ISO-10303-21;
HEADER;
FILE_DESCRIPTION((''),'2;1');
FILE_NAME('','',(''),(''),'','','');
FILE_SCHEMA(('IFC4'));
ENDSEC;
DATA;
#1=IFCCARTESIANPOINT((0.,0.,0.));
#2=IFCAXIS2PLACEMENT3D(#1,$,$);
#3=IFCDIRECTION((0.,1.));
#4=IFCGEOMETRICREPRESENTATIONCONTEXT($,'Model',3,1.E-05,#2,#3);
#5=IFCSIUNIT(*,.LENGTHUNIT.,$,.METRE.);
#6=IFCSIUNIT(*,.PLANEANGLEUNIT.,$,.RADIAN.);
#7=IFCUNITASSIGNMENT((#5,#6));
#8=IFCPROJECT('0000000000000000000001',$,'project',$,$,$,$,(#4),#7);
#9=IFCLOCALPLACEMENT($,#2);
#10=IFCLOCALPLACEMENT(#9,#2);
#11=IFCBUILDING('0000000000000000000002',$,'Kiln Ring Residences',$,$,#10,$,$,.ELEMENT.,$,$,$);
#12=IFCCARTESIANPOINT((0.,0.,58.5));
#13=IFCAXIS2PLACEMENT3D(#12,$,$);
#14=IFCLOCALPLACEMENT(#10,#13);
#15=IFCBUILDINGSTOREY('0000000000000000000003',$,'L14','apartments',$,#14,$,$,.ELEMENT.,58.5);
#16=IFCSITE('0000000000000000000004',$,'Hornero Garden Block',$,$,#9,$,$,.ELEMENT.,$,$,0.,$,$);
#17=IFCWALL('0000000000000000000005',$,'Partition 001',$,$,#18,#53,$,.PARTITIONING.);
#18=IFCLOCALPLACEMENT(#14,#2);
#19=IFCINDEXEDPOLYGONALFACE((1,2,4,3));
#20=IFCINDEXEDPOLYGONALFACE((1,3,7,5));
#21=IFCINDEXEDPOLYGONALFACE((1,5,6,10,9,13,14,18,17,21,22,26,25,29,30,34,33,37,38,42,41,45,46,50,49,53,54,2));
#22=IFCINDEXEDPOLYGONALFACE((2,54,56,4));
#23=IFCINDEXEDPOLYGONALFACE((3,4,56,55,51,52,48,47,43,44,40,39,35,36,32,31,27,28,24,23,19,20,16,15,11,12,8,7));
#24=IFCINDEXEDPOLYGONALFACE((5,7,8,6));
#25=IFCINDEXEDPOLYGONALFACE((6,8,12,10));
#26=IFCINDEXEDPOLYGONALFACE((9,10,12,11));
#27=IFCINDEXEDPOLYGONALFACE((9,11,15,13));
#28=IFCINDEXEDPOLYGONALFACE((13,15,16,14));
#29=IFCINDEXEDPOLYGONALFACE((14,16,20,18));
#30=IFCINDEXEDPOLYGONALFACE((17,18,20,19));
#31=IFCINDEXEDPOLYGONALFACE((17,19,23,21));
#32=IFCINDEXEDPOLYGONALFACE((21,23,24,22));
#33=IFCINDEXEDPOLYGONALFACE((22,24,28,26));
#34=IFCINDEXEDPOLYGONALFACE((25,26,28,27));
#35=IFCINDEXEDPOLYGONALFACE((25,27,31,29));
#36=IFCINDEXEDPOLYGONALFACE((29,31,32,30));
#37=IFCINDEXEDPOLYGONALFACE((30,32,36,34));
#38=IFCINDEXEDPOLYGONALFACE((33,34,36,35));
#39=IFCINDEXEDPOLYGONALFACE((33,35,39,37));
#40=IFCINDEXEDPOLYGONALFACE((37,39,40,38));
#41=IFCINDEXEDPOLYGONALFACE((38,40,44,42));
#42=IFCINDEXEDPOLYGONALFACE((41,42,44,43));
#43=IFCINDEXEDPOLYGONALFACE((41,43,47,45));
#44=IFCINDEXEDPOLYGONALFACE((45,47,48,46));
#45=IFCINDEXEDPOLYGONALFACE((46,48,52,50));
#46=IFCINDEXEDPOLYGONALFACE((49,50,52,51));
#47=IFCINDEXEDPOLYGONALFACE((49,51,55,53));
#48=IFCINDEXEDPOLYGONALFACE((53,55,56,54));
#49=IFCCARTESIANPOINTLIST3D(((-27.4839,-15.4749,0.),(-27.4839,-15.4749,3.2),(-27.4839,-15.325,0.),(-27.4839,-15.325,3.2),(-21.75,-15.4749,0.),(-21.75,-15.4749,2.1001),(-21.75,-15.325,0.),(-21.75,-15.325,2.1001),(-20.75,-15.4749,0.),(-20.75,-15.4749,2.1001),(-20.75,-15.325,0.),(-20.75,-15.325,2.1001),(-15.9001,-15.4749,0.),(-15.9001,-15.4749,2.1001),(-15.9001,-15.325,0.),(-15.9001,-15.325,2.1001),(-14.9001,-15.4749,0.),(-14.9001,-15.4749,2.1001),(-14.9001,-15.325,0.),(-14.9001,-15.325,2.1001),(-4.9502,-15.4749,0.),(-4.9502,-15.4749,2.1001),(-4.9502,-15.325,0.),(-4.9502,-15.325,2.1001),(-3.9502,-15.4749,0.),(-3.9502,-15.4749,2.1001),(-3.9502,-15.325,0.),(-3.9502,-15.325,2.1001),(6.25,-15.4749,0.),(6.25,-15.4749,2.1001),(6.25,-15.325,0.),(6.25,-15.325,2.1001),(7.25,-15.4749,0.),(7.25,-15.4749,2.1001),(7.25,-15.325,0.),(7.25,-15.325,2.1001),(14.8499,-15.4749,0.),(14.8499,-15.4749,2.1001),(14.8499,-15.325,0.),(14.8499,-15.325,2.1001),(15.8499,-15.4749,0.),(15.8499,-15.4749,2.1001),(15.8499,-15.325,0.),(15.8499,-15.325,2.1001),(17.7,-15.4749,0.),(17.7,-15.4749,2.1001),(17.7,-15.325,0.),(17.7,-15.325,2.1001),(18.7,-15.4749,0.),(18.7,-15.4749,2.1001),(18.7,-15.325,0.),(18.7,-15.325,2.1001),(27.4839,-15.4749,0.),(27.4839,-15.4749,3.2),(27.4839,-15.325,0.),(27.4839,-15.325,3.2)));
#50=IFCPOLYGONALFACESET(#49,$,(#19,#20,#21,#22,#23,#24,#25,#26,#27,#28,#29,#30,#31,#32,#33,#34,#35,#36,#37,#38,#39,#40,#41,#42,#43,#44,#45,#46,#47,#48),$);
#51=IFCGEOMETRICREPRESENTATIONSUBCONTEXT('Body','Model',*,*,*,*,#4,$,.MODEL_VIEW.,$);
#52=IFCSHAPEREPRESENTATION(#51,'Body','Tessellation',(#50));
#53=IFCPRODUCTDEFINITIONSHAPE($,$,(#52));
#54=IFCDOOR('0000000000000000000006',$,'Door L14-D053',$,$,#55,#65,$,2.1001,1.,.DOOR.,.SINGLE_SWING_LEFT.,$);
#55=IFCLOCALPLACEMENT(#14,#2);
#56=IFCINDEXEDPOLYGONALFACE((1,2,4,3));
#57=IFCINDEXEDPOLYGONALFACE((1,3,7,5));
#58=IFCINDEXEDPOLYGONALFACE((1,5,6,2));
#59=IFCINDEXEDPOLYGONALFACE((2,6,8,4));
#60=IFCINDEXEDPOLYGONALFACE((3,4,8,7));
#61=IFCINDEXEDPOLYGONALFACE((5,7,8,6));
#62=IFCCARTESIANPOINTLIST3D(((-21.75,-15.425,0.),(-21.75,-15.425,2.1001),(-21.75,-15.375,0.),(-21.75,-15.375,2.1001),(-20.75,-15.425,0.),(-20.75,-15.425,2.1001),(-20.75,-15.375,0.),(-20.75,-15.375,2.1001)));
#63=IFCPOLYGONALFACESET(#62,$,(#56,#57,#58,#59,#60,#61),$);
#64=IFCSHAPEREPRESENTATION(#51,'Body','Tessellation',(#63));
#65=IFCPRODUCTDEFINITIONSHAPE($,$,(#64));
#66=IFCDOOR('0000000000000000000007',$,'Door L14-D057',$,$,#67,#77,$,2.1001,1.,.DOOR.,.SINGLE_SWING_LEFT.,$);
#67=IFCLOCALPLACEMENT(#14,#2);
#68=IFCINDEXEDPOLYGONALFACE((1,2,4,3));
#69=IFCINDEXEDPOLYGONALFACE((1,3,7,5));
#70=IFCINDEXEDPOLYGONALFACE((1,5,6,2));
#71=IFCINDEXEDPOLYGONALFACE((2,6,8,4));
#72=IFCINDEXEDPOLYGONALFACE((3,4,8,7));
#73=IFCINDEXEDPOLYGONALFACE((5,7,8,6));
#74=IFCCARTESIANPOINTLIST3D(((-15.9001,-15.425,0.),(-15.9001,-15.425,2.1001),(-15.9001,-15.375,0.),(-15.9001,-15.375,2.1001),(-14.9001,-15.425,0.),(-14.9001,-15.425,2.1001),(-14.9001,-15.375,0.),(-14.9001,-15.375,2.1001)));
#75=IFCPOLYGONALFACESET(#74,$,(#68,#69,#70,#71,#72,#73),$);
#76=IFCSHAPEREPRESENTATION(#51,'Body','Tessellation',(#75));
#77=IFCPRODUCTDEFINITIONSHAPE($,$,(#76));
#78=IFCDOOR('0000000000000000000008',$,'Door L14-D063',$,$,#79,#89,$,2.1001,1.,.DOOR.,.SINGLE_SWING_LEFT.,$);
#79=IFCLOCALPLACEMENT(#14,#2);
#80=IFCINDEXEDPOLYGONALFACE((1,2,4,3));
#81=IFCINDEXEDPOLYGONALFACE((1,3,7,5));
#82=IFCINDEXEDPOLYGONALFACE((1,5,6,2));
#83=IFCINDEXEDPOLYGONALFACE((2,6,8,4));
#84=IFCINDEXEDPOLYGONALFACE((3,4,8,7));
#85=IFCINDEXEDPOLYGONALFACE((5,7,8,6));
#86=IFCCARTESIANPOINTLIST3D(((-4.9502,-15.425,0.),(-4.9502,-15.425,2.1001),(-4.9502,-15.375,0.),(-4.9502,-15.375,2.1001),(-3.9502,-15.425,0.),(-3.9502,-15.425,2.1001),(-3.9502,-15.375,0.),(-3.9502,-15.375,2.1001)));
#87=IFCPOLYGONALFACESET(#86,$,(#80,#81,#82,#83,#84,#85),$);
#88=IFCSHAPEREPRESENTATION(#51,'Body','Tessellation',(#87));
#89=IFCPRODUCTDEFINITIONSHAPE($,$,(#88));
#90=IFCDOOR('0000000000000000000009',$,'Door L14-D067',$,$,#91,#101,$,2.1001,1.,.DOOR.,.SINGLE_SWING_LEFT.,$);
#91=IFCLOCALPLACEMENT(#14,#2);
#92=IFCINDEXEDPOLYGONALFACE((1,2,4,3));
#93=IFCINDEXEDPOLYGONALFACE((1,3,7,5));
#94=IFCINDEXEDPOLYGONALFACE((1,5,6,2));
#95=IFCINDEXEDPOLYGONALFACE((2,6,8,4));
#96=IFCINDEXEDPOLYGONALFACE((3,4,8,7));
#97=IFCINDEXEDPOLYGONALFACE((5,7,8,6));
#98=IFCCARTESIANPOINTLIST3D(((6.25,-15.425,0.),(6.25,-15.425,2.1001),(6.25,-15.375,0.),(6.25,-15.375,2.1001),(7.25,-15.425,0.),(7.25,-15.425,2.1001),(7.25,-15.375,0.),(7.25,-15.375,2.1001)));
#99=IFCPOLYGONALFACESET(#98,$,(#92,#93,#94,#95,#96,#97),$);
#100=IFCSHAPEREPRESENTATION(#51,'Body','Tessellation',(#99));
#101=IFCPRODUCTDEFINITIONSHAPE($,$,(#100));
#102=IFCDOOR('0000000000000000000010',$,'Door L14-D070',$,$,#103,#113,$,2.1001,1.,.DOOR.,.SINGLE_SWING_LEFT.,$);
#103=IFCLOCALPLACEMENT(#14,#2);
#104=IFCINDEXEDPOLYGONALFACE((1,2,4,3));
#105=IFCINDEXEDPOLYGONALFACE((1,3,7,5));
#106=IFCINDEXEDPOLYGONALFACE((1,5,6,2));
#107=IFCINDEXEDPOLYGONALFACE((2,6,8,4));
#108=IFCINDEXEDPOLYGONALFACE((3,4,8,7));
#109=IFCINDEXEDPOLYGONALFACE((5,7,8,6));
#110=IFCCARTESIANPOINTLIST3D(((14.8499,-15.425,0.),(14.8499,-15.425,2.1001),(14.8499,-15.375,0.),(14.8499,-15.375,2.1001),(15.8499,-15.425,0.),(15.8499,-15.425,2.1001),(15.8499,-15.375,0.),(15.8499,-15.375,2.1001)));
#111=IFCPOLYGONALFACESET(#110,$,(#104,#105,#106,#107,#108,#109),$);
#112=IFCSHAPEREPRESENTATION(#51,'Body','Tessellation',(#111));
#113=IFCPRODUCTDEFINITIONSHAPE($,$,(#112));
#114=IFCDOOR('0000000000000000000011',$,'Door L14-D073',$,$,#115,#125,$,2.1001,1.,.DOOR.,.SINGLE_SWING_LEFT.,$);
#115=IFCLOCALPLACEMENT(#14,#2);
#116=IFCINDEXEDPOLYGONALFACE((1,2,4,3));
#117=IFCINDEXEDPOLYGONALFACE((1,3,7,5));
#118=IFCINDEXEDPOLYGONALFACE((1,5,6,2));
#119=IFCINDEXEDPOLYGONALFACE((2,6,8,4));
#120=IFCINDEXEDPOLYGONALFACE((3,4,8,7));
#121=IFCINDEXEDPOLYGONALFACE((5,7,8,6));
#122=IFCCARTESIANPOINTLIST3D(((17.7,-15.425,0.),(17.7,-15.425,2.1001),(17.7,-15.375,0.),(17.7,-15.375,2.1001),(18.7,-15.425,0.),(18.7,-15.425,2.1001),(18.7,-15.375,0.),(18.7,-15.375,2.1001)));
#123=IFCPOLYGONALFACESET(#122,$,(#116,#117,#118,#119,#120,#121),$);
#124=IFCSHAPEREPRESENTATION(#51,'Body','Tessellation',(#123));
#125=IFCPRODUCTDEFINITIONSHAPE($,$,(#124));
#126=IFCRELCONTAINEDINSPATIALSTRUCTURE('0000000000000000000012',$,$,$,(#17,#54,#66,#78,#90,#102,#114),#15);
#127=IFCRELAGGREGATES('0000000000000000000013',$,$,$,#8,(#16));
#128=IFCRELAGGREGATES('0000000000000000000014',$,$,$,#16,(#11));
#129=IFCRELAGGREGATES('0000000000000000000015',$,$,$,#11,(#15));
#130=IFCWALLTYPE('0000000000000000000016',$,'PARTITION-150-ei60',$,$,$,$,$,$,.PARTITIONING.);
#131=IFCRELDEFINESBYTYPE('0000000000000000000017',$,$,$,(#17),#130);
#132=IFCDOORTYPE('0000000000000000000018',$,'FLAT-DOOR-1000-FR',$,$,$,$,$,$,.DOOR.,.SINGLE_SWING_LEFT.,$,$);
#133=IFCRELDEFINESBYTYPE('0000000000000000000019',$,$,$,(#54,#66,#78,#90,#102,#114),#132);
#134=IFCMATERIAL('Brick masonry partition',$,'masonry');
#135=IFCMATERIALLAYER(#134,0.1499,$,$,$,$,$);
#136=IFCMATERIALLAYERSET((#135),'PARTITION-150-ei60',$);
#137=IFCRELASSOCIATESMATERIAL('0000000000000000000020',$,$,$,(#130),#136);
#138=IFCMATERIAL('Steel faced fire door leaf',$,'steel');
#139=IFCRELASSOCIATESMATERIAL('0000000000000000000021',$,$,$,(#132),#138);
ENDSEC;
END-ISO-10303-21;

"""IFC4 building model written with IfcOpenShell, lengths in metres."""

from ifc_helpers import new_model, si_unit, direction, frame, frame_2d, origin, place, context, subcontext, project, spatial, rectangle, extrude, material, layer, layer_set, type_object, element, fill, save


model = new_model("IFC4")

# Units and contexts
model_context = context("Model", 3, precision=1e-05, world=origin(), true_north=direction((0.0, 1.0)))
body_context = subcontext(model_context, "Body", "Model", "MODEL_VIEW")
ifc_project = project(units=[si_unit("LENGTHUNIT", "METRE"), si_unit("PLANEANGLEUNIT", "RADIAN")], contexts=[model_context])

# Site, building, storey
site_placement = place(None, origin())
site = spatial("IfcSite", under=ifc_project, at=site_placement, Name="Hornero Garden Block", CompositionType="ELEMENT", RefElevation=0.0)
building_placement = place(site_placement, origin())
building = spatial("IfcBuilding", under=site, at=building_placement, Name="Kiln Ring Residences", CompositionType="ELEMENT")
storey_placement = place(building_placement, frame((0.0, 0.0, 58.5)))
storey = spatial("IfcBuildingStorey", under=building, at=storey_placement, Name="L14", Description="apartments", CompositionType="ELEMENT", Elevation=58.5)

# Wall, openings, doors
ifc_material_1 = material(Name="Brick masonry partition", Category="masonry")
ifc_layer_1 = layer(ifc_material_1, 0.1499)
ifc_layer_set_1 = layer_set([ifc_layer_1], Name="PARTITION-150-ei60")
wall_type_1 = type_object("IfcWallType", Name="PARTITION-150-ei60", PredefinedType="PARTITIONING", material=ifc_layer_set_1)
wall_1_placement = place(storey_placement, frame((-27.4839, -15.3999, 0.0), z_axis=(0.0, 0.0, 1.0), x_axis=(1.0, 0.0, 0.0)))
wall_1 = element("IfcWall", 1, at=wall_1_placement, inside=storey, type_object=wall_type_1, Name="Partition 001", PredefinedType="PARTITIONING", context=body_context, shape_type="SweptSolid", body=[
    extrude(rectangle(XDim=54.9678, YDim=0.1499, at=frame_2d((27.4839, 0.0))), origin(), (0.0, 0.0, 1.0), 3.2),
])
opening_1_placement = place(wall_1_placement, frame((5.7339, 0.0, 0.0)))
opening_1 = element("IfcOpeningElement", 2, at=opening_1_placement, cuts=wall_1, PredefinedType="OPENING", context=body_context, shape_type="SweptSolid", body=[
    extrude(rectangle(XDim=1.0, YDim=2.1001, at=frame_2d((0.5, 1.05))), frame((0.0, 0.085, 0.0), z_axis=(0.0, -1.0, 0.0), x_axis=(1.0, 0.0, 0.0)), (0.0, 0.0, 1.0), 0.1699),
])
opening_2_placement = place(wall_1_placement, frame((11.5837, 0.0, 0.0)))
opening_2 = element("IfcOpeningElement", 3, at=opening_2_placement, cuts=wall_1, PredefinedType="OPENING", context=body_context, shape_type="SweptSolid", body=[
    extrude(rectangle(XDim=1.0, YDim=2.1001, at=frame_2d((0.5, 1.05))), frame((0.0, 0.085, 0.0), z_axis=(0.0, -1.0, 0.0), x_axis=(1.0, 0.0, 0.0)), (0.0, 0.0, 1.0), 0.1699),
])
opening_3_placement = place(wall_1_placement, frame((22.5337, 0.0, 0.0)))
opening_3 = element("IfcOpeningElement", 4, at=opening_3_placement, cuts=wall_1, PredefinedType="OPENING", context=body_context, shape_type="SweptSolid", body=[
    extrude(rectangle(XDim=1.0, YDim=2.1001, at=frame_2d((0.5, 1.05))), frame((0.0, 0.085, 0.0), z_axis=(0.0, -1.0, 0.0), x_axis=(1.0, 0.0, 0.0)), (0.0, 0.0, 1.0), 0.1699),
])
opening_4_placement = place(wall_1_placement, frame((33.7339, 0.0, 0.0)))
opening_4 = element("IfcOpeningElement", 5, at=opening_4_placement, cuts=wall_1, PredefinedType="OPENING", context=body_context, shape_type="SweptSolid", body=[
    extrude(rectangle(XDim=1.0, YDim=2.1001, at=frame_2d((0.5, 1.05))), frame((0.0, 0.085, 0.0), z_axis=(0.0, -1.0, 0.0), x_axis=(1.0, 0.0, 0.0)), (0.0, 0.0, 1.0), 0.1699),
])
opening_5_placement = place(wall_1_placement, frame((42.3337, 0.0, 0.0)))
opening_5 = element("IfcOpeningElement", 6, at=opening_5_placement, cuts=wall_1, PredefinedType="OPENING", context=body_context, shape_type="SweptSolid", body=[
    extrude(rectangle(XDim=1.0, YDim=2.1001, at=frame_2d((0.5, 1.05))), frame((0.0, 0.085, 0.0), z_axis=(0.0, -1.0, 0.0), x_axis=(1.0, 0.0, 0.0)), (0.0, 0.0, 1.0), 0.1699),
])
opening_6_placement = place(wall_1_placement, frame((45.1838, 0.0, 0.0)))
opening_6 = element("IfcOpeningElement", 7, at=opening_6_placement, cuts=wall_1, PredefinedType="OPENING", context=body_context, shape_type="SweptSolid", body=[
    extrude(rectangle(XDim=1.0, YDim=2.1001, at=frame_2d((0.5, 1.05))), frame((0.0, 0.085, 0.0), z_axis=(0.0, -1.0, 0.0), x_axis=(1.0, 0.0, 0.0)), (0.0, 0.0, 1.0), 0.1699),
])
ifc_material_2 = material(Name="Steel faced fire door leaf", Category="steel")
door_type_1 = type_object("IfcDoorType", Name="FLAT-DOOR-1000-FR", OperationType="SINGLE_SWING_LEFT", PredefinedType="DOOR", material=ifc_material_2)
door_1_placement = place(opening_1_placement, origin())
door_1 = element("IfcDoor", 8, at=door_1_placement, inside=storey, type_object=door_type_1, Name="Door L14-D053", OperationType="SINGLE_SWING_LEFT", OverallHeight=2.1001, OverallWidth=1.0, PredefinedType="DOOR", context=body_context, shape_type="SweptSolid", body=[
    extrude(rectangle(XDim=1.0, YDim=2.1001, at=frame_2d((0.5, 1.05))), frame((0.0, 0.0249, 0.0), z_axis=(0.0, -1.0, 0.0), x_axis=(1.0, 0.0, 0.0)), (0.0, 0.0, 1.0), 0.05),
])
fill(opening_1, door_1)
door_2_placement = place(opening_2_placement, origin())
door_2 = element("IfcDoor", 9, at=door_2_placement, inside=storey, type_object=door_type_1, Name="Door L14-D057", OperationType="SINGLE_SWING_LEFT", OverallHeight=2.1001, OverallWidth=1.0, PredefinedType="DOOR", context=body_context, shape_type="SweptSolid", body=[
    extrude(rectangle(XDim=1.0, YDim=2.1001, at=frame_2d((0.5, 1.05))), frame((0.0, 0.0249, 0.0), z_axis=(0.0, -1.0, 0.0), x_axis=(1.0, 0.0, 0.0)), (0.0, 0.0, 1.0), 0.05),
])
fill(opening_2, door_2)
door_3_placement = place(opening_3_placement, origin())
door_3 = element("IfcDoor", 10, at=door_3_placement, inside=storey, type_object=door_type_1, Name="Door L14-D063", OperationType="SINGLE_SWING_LEFT", OverallHeight=2.1001, OverallWidth=1.0, PredefinedType="DOOR", context=body_context, shape_type="SweptSolid", body=[
    extrude(rectangle(XDim=1.0, YDim=2.1001, at=frame_2d((0.5, 1.05))), frame((0.0, 0.0249, 0.0), z_axis=(0.0, -1.0, 0.0), x_axis=(1.0, 0.0, 0.0)), (0.0, 0.0, 1.0), 0.05),
])
fill(opening_3, door_3)
door_4_placement = place(opening_4_placement, origin())
door_4 = element("IfcDoor", 11, at=door_4_placement, inside=storey, type_object=door_type_1, Name="Door L14-D067", OperationType="SINGLE_SWING_LEFT", OverallHeight=2.1001, OverallWidth=1.0, PredefinedType="DOOR", context=body_context, shape_type="SweptSolid", body=[
    extrude(rectangle(XDim=1.0, YDim=2.1001, at=frame_2d((0.5, 1.05))), frame((0.0, 0.0249, 0.0), z_axis=(0.0, -1.0, 0.0), x_axis=(1.0, 0.0, 0.0)), (0.0, 0.0, 1.0), 0.05),
])
fill(opening_4, door_4)
door_5_placement = place(opening_5_placement, origin())
door_5 = element("IfcDoor", 12, at=door_5_placement, inside=storey, type_object=door_type_1, Name="Door L14-D070", OperationType="SINGLE_SWING_LEFT", OverallHeight=2.1001, OverallWidth=1.0, PredefinedType="DOOR", context=body_context, shape_type="SweptSolid", body=[
    extrude(rectangle(XDim=1.0, YDim=2.1001, at=frame_2d((0.5, 1.05))), frame((0.0, 0.0249, 0.0), z_axis=(0.0, -1.0, 0.0), x_axis=(1.0, 0.0, 0.0)), (0.0, 0.0, 1.0), 0.05),
])
fill(opening_5, door_5)
door_6_placement = place(opening_6_placement, origin())
door_6 = element("IfcDoor", 13, at=door_6_placement, inside=storey, type_object=door_type_1, Name="Door L14-D073", OperationType="SINGLE_SWING_LEFT", OverallHeight=2.1001, OverallWidth=1.0, PredefinedType="DOOR", context=body_context, shape_type="SweptSolid", body=[
    extrude(rectangle(XDim=1.0, YDim=2.1001, at=frame_2d((0.5, 1.05))), frame((0.0, 0.0249, 0.0), z_axis=(0.0, -1.0, 0.0), x_axis=(1.0, 0.0, 0.0)), (0.0, 0.0, 1.0), 0.05),
])
fill(opening_6, door_6)

save(model, "model.ifc")
